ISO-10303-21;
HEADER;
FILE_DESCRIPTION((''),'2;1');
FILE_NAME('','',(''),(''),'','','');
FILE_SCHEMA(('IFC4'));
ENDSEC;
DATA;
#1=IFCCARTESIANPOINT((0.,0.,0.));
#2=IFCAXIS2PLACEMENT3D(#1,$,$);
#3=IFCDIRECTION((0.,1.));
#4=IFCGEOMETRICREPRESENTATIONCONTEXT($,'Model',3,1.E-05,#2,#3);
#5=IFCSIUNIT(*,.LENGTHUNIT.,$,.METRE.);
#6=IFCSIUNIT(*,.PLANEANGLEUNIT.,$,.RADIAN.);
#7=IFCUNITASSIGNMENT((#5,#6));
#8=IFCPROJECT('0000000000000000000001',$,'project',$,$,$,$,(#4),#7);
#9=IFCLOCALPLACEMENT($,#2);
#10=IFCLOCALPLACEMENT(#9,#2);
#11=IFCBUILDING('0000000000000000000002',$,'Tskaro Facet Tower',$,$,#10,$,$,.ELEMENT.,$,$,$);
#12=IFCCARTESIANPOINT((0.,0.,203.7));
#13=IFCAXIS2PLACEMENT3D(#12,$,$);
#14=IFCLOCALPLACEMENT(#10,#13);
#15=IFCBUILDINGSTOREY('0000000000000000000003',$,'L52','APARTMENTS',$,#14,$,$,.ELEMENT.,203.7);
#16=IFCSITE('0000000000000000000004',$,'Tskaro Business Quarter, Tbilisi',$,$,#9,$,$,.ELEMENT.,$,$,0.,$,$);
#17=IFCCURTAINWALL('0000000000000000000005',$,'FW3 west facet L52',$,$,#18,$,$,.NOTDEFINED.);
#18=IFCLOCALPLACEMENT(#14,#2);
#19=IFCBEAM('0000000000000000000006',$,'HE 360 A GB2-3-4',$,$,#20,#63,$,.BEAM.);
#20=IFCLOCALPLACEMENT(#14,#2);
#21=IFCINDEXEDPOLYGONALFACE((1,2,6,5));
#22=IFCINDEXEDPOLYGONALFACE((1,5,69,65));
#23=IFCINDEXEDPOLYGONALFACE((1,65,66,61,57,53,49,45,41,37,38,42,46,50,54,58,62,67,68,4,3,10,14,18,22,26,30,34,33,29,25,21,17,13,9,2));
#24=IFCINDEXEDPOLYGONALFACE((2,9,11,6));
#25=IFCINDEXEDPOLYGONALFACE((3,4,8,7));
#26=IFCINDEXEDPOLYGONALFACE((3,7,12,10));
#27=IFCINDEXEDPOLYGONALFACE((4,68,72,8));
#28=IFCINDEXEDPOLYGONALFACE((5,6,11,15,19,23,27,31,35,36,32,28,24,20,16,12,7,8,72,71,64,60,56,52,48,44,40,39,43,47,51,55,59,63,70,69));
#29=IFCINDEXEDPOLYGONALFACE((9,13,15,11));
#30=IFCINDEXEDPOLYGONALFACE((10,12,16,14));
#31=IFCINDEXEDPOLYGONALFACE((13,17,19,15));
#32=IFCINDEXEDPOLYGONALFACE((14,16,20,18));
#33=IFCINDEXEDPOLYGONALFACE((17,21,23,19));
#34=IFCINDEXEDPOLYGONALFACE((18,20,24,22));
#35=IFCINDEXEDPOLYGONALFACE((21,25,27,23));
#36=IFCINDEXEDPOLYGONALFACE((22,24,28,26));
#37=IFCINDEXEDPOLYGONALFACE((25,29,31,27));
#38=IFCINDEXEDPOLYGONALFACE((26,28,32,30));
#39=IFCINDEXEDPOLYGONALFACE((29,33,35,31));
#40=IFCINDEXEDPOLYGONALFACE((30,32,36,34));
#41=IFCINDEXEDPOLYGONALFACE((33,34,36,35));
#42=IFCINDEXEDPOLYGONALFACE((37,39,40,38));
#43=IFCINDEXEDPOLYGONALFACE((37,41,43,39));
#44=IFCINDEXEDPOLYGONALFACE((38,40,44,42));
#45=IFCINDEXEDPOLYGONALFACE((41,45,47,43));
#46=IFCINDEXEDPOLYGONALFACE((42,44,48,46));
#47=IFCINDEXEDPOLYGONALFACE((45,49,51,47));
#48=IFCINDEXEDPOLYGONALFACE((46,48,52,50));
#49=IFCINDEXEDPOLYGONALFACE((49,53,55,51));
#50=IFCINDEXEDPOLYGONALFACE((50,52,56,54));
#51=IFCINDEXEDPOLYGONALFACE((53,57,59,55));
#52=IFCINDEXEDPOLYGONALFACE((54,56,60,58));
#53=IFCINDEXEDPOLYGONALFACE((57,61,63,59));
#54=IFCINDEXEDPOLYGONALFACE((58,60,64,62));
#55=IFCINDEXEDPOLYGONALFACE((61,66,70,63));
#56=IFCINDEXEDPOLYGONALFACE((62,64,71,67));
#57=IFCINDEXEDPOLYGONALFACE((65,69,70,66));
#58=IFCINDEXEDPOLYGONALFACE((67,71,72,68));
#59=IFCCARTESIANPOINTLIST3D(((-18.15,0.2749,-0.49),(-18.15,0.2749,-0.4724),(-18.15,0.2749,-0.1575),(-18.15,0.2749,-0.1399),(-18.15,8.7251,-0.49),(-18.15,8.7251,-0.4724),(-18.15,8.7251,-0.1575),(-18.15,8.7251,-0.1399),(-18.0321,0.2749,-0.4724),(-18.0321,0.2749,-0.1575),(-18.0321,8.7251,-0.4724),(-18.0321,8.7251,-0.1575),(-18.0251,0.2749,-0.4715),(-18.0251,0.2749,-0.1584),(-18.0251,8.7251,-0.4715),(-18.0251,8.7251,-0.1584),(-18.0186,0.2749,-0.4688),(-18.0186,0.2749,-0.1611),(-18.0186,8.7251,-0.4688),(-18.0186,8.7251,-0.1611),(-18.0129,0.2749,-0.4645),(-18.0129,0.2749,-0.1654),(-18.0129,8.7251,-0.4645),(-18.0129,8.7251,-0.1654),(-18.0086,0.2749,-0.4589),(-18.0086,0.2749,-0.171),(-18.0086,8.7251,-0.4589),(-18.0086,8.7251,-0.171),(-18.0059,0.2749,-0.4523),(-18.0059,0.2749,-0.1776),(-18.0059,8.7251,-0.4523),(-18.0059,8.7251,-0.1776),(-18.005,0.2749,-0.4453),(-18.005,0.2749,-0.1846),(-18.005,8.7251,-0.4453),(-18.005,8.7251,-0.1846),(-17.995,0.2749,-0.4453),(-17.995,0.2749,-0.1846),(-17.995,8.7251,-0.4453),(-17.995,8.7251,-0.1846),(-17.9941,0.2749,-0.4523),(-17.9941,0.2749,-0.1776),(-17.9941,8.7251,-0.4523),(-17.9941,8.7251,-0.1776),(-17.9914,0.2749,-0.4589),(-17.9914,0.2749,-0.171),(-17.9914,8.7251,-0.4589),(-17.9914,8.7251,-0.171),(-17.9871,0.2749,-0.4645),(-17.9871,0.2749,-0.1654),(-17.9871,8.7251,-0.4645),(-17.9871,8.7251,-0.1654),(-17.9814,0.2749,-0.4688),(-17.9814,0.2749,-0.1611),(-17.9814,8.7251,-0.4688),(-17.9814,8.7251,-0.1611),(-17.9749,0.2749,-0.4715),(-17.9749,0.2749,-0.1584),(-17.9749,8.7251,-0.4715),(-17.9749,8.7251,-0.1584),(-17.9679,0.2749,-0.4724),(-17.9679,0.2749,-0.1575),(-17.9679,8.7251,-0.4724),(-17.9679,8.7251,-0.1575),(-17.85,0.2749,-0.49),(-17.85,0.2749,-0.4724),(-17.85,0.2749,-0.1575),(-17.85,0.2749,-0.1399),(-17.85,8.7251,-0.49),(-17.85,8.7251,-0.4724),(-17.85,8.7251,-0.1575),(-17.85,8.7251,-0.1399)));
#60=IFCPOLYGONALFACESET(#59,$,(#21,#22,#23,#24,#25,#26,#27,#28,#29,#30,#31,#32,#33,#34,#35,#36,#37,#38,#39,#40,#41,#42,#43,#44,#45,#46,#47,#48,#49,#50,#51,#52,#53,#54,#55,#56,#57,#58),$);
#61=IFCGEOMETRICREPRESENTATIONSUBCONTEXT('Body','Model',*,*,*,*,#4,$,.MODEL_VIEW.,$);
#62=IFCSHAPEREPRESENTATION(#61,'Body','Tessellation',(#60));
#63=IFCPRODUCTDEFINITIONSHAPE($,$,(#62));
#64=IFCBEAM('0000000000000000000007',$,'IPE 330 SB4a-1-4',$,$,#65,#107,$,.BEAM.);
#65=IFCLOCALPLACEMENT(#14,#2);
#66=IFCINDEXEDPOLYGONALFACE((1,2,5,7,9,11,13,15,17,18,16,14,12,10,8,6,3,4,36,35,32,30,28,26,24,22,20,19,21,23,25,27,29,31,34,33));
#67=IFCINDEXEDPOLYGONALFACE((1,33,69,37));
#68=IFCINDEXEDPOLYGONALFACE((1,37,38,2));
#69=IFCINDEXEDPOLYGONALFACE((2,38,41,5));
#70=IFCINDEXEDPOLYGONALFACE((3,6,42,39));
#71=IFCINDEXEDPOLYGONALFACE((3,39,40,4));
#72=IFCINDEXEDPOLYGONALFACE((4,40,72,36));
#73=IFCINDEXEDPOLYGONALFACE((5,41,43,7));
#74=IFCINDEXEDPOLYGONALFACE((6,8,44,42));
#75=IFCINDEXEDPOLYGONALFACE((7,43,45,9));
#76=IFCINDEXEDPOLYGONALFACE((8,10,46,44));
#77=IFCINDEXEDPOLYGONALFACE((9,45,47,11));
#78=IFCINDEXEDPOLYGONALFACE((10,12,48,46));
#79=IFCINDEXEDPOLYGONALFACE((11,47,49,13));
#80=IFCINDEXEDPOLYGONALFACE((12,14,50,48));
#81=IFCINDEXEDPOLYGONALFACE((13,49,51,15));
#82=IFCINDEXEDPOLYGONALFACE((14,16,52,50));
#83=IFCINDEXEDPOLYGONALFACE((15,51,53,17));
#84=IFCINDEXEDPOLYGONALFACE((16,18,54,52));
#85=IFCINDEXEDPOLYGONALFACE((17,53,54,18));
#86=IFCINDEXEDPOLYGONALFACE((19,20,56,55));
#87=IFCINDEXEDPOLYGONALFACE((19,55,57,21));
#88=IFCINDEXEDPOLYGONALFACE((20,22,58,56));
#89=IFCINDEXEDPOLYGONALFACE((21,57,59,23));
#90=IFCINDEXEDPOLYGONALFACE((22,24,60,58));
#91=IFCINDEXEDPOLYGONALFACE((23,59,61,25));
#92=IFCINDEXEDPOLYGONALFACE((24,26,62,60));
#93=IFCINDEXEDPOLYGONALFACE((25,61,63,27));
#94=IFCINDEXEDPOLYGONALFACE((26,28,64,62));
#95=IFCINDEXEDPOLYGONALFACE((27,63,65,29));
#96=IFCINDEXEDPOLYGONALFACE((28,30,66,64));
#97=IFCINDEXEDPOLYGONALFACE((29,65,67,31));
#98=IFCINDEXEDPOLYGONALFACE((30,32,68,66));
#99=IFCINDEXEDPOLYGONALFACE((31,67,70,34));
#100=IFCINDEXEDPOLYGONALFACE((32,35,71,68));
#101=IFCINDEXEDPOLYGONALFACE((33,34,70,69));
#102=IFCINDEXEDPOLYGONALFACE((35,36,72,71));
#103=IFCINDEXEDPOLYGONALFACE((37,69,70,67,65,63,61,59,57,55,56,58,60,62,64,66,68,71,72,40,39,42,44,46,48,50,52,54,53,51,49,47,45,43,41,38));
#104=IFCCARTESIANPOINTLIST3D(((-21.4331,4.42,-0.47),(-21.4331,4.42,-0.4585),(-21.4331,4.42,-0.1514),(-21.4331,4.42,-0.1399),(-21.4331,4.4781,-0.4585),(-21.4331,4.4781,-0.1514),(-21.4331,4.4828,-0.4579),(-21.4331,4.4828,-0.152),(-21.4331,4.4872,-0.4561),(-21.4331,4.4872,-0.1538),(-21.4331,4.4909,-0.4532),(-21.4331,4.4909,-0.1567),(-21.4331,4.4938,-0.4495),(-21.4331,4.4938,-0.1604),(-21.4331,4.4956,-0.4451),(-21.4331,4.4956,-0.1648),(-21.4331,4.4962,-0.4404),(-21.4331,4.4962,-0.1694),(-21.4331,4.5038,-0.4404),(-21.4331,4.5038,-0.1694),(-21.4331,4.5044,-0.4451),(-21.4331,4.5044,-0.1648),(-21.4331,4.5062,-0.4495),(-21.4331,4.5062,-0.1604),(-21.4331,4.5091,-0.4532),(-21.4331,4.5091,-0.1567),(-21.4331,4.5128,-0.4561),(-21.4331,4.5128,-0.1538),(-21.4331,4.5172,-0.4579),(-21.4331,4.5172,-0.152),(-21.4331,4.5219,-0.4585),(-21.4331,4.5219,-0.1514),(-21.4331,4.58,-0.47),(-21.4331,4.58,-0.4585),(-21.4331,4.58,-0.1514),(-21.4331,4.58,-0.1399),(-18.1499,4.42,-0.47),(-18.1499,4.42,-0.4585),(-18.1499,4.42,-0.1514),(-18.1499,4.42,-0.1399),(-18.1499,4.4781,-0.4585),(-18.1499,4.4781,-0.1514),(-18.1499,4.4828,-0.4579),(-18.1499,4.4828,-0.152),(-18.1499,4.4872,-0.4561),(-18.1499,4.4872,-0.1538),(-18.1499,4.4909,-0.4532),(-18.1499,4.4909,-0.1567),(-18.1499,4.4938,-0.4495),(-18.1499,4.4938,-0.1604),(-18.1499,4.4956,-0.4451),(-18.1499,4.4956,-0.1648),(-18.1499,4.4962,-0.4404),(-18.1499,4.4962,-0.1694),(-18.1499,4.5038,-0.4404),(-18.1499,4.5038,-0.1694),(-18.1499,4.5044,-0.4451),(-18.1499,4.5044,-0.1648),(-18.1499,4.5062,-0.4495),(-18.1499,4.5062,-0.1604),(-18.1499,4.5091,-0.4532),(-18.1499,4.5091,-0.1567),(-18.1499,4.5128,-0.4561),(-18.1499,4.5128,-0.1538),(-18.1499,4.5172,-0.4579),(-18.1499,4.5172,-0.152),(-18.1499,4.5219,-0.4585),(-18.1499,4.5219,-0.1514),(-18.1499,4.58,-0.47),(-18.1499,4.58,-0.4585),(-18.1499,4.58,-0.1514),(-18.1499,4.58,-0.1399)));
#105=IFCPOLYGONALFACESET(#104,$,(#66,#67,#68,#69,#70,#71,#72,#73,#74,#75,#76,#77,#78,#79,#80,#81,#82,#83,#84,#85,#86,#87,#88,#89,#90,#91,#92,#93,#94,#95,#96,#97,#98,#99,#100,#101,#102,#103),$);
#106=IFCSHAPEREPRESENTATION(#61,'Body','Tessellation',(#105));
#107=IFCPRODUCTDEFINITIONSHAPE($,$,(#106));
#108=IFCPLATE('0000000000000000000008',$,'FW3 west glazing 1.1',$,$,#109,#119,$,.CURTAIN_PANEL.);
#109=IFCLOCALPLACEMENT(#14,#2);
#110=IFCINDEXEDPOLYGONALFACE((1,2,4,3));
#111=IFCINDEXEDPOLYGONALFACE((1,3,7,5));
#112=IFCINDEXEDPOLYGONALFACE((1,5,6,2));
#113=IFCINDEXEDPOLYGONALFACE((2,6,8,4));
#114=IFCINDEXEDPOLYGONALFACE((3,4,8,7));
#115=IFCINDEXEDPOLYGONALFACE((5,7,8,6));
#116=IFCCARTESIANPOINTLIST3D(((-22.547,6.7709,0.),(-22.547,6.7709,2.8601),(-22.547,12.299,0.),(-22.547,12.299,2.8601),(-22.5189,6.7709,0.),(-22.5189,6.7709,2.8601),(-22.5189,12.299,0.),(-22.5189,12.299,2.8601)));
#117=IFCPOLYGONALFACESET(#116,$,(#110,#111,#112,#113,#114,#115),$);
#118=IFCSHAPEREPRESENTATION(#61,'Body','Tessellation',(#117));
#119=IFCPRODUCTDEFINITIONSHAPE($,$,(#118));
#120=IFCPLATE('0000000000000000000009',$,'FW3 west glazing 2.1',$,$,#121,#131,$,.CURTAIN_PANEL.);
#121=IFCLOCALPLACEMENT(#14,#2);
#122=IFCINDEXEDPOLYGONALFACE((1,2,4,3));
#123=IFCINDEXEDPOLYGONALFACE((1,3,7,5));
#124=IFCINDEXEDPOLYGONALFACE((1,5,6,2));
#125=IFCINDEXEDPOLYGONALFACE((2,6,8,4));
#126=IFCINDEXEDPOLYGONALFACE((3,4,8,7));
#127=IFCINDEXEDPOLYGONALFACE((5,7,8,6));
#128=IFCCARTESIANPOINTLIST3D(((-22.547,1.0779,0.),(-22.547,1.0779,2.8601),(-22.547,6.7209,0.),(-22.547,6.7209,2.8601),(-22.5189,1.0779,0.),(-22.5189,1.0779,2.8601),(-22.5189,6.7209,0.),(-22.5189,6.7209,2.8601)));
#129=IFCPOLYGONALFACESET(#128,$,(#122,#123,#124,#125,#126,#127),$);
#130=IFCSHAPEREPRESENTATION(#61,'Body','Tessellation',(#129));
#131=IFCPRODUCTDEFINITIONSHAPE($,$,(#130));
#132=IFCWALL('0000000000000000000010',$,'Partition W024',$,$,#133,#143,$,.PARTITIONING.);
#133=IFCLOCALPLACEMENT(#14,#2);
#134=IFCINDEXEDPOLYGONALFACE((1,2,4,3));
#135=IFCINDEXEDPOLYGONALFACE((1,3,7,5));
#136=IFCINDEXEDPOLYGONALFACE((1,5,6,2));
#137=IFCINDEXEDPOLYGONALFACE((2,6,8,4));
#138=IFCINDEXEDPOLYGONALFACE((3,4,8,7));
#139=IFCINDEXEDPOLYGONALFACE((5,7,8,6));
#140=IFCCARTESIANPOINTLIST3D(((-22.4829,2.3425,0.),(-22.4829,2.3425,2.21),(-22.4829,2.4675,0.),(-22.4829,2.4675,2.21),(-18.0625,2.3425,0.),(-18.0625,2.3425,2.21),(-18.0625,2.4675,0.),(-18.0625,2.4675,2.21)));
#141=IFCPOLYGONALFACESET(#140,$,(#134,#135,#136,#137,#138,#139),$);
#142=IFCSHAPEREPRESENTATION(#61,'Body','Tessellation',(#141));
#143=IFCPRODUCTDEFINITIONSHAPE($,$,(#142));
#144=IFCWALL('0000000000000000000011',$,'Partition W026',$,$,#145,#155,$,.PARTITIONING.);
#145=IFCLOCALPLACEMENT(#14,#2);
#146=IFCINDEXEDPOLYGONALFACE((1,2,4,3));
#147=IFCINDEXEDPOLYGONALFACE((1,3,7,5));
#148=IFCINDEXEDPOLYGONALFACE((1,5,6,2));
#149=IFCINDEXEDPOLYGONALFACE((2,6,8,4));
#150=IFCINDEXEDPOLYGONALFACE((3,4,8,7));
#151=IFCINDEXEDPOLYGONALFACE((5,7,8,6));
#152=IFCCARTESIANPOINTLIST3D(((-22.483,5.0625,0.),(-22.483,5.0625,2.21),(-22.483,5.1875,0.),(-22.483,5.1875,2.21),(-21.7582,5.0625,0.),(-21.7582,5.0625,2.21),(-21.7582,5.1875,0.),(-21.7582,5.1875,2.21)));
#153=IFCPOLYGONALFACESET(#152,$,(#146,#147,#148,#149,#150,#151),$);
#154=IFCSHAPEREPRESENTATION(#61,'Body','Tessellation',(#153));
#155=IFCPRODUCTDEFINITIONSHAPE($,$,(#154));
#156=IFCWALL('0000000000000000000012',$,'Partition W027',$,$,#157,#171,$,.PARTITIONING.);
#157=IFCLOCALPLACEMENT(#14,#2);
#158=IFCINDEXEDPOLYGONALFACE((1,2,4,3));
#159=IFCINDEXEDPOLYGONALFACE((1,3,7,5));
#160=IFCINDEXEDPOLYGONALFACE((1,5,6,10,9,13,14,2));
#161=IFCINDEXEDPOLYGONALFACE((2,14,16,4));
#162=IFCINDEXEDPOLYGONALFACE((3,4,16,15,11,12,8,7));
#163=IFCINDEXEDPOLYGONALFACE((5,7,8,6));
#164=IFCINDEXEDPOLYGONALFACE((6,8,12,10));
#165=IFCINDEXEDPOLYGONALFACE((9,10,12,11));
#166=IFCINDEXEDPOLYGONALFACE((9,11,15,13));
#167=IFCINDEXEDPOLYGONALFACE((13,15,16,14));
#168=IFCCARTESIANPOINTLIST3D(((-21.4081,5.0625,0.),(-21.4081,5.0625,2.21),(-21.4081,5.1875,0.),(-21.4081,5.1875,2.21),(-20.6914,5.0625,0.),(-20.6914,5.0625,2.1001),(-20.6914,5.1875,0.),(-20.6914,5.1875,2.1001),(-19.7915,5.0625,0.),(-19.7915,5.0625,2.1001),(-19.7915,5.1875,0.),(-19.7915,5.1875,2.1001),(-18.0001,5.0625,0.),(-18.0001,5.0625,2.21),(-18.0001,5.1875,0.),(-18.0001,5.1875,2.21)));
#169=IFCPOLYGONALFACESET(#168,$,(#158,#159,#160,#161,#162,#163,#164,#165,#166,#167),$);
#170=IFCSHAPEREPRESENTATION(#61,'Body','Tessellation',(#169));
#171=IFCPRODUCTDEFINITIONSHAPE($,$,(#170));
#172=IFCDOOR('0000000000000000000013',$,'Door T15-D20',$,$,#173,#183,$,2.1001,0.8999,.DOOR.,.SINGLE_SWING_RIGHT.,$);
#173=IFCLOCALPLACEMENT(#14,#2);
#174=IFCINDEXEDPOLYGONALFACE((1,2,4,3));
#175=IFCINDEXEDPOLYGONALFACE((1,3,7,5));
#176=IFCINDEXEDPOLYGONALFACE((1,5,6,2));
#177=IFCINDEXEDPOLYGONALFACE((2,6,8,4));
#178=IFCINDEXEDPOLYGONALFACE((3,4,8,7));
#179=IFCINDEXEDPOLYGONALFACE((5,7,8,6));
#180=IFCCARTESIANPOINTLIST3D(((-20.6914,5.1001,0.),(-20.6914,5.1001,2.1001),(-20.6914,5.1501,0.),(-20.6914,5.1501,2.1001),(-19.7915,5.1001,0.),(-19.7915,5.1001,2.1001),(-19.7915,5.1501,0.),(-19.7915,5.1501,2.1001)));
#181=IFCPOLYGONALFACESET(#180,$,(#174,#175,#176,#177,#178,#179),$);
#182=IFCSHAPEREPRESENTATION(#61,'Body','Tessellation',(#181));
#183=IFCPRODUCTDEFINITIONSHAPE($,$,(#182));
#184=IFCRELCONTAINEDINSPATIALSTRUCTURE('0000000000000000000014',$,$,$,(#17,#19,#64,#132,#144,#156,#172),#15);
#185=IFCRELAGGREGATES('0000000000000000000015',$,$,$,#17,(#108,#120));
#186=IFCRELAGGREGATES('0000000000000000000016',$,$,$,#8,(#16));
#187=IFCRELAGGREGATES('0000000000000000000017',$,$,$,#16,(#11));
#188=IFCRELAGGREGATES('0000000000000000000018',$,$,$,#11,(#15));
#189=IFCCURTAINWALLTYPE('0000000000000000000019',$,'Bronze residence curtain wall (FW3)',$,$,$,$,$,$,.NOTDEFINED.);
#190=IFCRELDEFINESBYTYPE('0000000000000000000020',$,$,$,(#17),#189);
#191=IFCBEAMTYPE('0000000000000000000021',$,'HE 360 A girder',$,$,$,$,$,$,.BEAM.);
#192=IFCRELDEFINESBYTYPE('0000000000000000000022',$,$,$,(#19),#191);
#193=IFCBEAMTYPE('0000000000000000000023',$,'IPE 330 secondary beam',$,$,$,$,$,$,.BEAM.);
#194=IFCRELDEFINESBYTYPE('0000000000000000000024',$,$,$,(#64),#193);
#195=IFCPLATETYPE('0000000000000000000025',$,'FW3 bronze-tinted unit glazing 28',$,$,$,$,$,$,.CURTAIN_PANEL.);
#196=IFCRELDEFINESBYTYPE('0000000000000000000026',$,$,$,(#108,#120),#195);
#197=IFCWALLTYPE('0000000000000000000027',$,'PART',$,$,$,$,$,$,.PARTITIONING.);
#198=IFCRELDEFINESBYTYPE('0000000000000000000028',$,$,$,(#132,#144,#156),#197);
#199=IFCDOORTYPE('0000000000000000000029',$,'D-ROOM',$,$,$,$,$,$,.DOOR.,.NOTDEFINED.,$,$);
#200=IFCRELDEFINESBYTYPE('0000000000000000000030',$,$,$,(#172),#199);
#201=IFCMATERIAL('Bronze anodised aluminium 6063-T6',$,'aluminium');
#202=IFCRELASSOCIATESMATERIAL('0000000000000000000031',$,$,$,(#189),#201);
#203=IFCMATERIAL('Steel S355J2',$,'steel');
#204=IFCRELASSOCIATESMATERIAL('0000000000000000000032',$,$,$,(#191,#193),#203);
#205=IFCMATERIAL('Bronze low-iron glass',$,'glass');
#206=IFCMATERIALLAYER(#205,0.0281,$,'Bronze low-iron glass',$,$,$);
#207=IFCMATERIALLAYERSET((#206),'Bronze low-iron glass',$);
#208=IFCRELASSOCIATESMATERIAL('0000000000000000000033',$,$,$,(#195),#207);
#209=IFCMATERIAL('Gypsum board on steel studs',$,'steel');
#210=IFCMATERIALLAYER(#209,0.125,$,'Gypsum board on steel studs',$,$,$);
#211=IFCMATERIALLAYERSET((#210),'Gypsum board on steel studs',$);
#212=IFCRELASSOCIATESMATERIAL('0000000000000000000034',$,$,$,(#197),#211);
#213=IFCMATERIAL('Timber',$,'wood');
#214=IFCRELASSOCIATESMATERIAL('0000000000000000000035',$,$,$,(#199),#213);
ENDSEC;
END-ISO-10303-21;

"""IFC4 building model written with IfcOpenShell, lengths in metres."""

from ifc_helpers import new_model, si_unit, direction, frame, frame_2d, origin, origin_2d, place, context, subcontext, project, spatial, rectangle, i_section, extrude, material, layer, layer_set, material_profile, profile_set, type_object, element, fill, aggregate, save


model = new_model("IFC4")

# Units and contexts
model_context = context("Model", 3, precision=1e-05, world=origin(), true_north=direction((0.0, 1.0)))
body_context = subcontext(model_context, "Body", "Model", "MODEL_VIEW")
ifc_project = project(units=[si_unit("LENGTHUNIT", "METRE"), si_unit("PLANEANGLEUNIT", "RADIAN")], contexts=[model_context])

# Site, building, storey
site_placement = place(None, origin())
site = spatial("IfcSite", under=ifc_project, at=site_placement, Name="Tskaro Business Quarter, Tbilisi", CompositionType="ELEMENT", RefElevation=0.0)
building_placement = place(site_placement, origin())
building = spatial("IfcBuilding", under=site, at=building_placement, Name="Tskaro Facet Tower", CompositionType="ELEMENT")
storey_placement = place(building_placement, frame((0.0, 0.0, 203.7)))
storey = spatial("IfcBuildingStorey", under=building, at=storey_placement, Name="L52", Description="APARTMENTS", CompositionType="ELEMENT", Elevation=203.7)

# Curtain wall
ifc_material_1 = material(Name="Bronze anodised aluminium 6063-T6", Category="aluminium")
curtain_wall_type = type_object("IfcCurtainWallType", Name="Bronze residence curtain wall (FW3)", PredefinedType="NOTDEFINED", material=ifc_material_1)
curtain_wall_placement = place(storey_placement, origin())
curtain_wall = element("IfcCurtainWall", 1, at=curtain_wall_placement, inside=storey, type_object=curtain_wall_type, Name="FW3 west facet L52", PredefinedType="NOTDEFINED")

# Beams
ifc_material_2 = material(Name="Steel S355J2", Category="steel")
ifc_material_profile_1 = material_profile(ifc_material_2, i_section(OverallWidth=0.3, OverallDepth=0.3501, WebThickness=0.01, FlangeThickness=0.0176, FilletRadius=0.0271, at=origin_2d()), Name="HE 360 A")
ifc_profile_set_1 = profile_set([ifc_material_profile_1], Name="Steel S355J2")
beam_type_1 = type_object("IfcBeamType", Name="HE 360 A girder", PredefinedType="BEAM", material=ifc_profile_set_1)
beam_1_placement = place(storey_placement, frame((-18.0, 0.2749, -0.3149), z_axis=(0.0, 1.0, 0.0), x_axis=(-1.0, 0.0, 0.0)))
element("IfcBeam", 2, at=beam_1_placement, inside=storey, type_object=beam_type_1, Name="HE 360 A GB2-3-4", PredefinedType="BEAM", context=body_context, shape_type="SweptSolid", body=[
    extrude(i_section(OverallWidth=0.3, OverallDepth=0.3501, WebThickness=0.01, FlangeThickness=0.0176, FilletRadius=0.0271, at=origin_2d()), origin(), (0.0, 0.0, 1.0), 8.4502),
])
ifc_material_profile_2 = material_profile(ifc_material_2, i_section(OverallWidth=0.1599, OverallDepth=0.3301, WebThickness=0.0076, FlangeThickness=0.0115, FilletRadius=0.0181, at=origin_2d()), Name="IPE 330")
ifc_profile_set_2 = profile_set([ifc_material_profile_2], Name="Steel S355J2")
beam_type_2 = type_object("IfcBeamType", Name="IPE 330 secondary beam", PredefinedType="BEAM", material=ifc_profile_set_2)
beam_2_placement = place(storey_placement, frame((-21.4331, 4.5, -0.3049), z_axis=(1.0, 0.0, 0.0), x_axis=(0.0, 1.0, 0.0)))
element("IfcBeam", 3, at=beam_2_placement, inside=storey, type_object=beam_type_2, Name="IPE 330 SB4a-1-4", PredefinedType="BEAM", context=body_context, shape_type="SweptSolid", body=[
    extrude(i_section(OverallWidth=0.1599, OverallDepth=0.3301, WebThickness=0.0076, FlangeThickness=0.0115, FilletRadius=0.0181, at=origin_2d()), origin(), (0.0, 0.0, 1.0), 3.2832),
])

# Plates
ifc_material_3 = material(Name="Bronze low-iron glass", Category="glass")
ifc_layer_1 = layer(ifc_material_3, 0.0281, Name="Bronze low-iron glass")
ifc_layer_set_1 = layer_set([ifc_layer_1], Name="Bronze low-iron glass")
plate_type = type_object("IfcPlateType", Name="FW3 bronze-tinted unit glazing 28", PredefinedType="CURTAIN_PANEL", material=ifc_layer_set_1)
plate_1_placement = place(storey_placement, frame((-22.533, 9.5349, 0.0), z_axis=(0.0, 0.0, 1.0), x_axis=(0.0, -1.0, 0.0)))
plate_1 = element("IfcPlate", 4, at=plate_1_placement, type_object=plate_type, Name="FW3 west glazing 1.1", PredefinedType="CURTAIN_PANEL", context=body_context, shape_type="SweptSolid", body=[
    extrude(rectangle(XDim=5.5281, YDim=0.0281, at=origin_2d()), origin(), (0.0, 0.0, 1.0), 2.8601),
])
plate_2_placement = place(storey_placement, frame((-22.533, 3.8994, 0.0), z_axis=(0.0, 0.0, 1.0), x_axis=(0.0, -1.0, 0.0)))
plate_2 = element("IfcPlate", 5, at=plate_2_placement, type_object=plate_type, Name="FW3 west glazing 2.1", PredefinedType="CURTAIN_PANEL", context=body_context, shape_type="SweptSolid", body=[
    extrude(rectangle(XDim=5.6431, YDim=0.0281, at=origin_2d()), origin(), (0.0, 0.0, 1.0), 2.8601),
])
aggregate(curtain_wall, [plate_1, plate_2])

# Walls
ifc_material_4 = material(Name="Gypsum board on steel studs", Category="steel")
ifc_layer_2 = layer(ifc_material_4, 0.125, Name="Gypsum board on steel studs")
ifc_layer_set_2 = layer_set([ifc_layer_2], Name="Gypsum board on steel studs")
wall_type = type_object("IfcWallType", Name="PART", PredefinedType="PARTITIONING", material=ifc_layer_set_2)
wall_1_placement = place(storey_placement, frame((-22.4829, 2.405, 0.0), z_axis=(0.0, 0.0, 1.0), x_axis=(1.0, 0.0, 0.0)))
element("IfcWall", 6, at=wall_1_placement, inside=storey, type_object=wall_type, Name="Partition W024", PredefinedType="PARTITIONING", context=body_context, shape_type="SweptSolid", body=[
    extrude(rectangle(XDim=4.4204, YDim=0.125, at=frame_2d((2.2102, 0.0))), origin(), (0.0, 0.0, 1.0), 2.21),
])
wall_2_placement = place(storey_placement, frame((-22.4829, 5.125, 0.0), z_axis=(0.0, 0.0, 1.0), x_axis=(1.0, 0.0, 0.0)))
element("IfcWall", 7, at=wall_2_placement, inside=storey, type_object=wall_type, Name="Partition W026", PredefinedType="PARTITIONING", context=body_context, shape_type="SweptSolid", body=[
    extrude(rectangle(XDim=0.7249, YDim=0.125, at=frame_2d((0.3623, 0.0))), origin(), (0.0, 0.0, 1.0), 2.21),
])

# Wall, opening, door
wall_3_placement = place(storey_placement, frame((-18.0, 5.125, 0.0), z_axis=(0.0, 0.0, 1.0), x_axis=(-1.0, 0.0, 0.0)))
wall_3 = element("IfcWall", 8, at=wall_3_placement, inside=storey, type_object=wall_type, Name="Partition W027", PredefinedType="PARTITIONING", context=body_context, shape_type="SweptSolid", body=[
    extrude(rectangle(XDim=3.408, YDim=0.125, at=frame_2d((1.7041, 0.0))), origin(), (0.0, 0.0, 1.0), 2.21),
])
opening_1_placement = place(wall_3_placement, frame((1.7915, 0.0, 0.0)))
opening_1 = element("IfcOpeningElement", 9, at=opening_1_placement, cuts=wall_3, PredefinedType="OPENING", context=body_context, shape_type="SweptSolid", body=[
    extrude(rectangle(XDim=0.8999, YDim=2.1001, at=frame_2d((0.45, 1.05))), frame((0.0, 0.0725, 0.0), z_axis=(0.0, -1.0, 0.0), x_axis=(1.0, 0.0, 0.0)), (0.0, 0.0, 1.0), 0.145),
])
ifc_material_5 = material(Name="Timber", Category="wood")
door_type_1 = type_object("IfcDoorType", Name="D-ROOM", OperationType="NOTDEFINED", PredefinedType="DOOR", material=ifc_material_5)
door_1_placement = place(opening_1_placement, origin())
door_1 = element("IfcDoor", 10, at=door_1_placement, inside=storey, type_object=door_type_1, Name="Door T15-D20", OperationType="SINGLE_SWING_RIGHT", OverallHeight=2.1001, OverallWidth=0.8999, PredefinedType="DOOR", context=body_context, shape_type="SweptSolid", body=[
    extrude(rectangle(XDim=0.8999, YDim=2.1001, at=frame_2d((0.45, 1.05))), frame((0.0, 0.0249, 0.0), z_axis=(0.0, -1.0, 0.0), x_axis=(1.0, 0.0, 0.0)), (0.0, 0.0, 1.0), 0.05),
])
fill(opening_1, door_1)

save(model, "model.ifc")
